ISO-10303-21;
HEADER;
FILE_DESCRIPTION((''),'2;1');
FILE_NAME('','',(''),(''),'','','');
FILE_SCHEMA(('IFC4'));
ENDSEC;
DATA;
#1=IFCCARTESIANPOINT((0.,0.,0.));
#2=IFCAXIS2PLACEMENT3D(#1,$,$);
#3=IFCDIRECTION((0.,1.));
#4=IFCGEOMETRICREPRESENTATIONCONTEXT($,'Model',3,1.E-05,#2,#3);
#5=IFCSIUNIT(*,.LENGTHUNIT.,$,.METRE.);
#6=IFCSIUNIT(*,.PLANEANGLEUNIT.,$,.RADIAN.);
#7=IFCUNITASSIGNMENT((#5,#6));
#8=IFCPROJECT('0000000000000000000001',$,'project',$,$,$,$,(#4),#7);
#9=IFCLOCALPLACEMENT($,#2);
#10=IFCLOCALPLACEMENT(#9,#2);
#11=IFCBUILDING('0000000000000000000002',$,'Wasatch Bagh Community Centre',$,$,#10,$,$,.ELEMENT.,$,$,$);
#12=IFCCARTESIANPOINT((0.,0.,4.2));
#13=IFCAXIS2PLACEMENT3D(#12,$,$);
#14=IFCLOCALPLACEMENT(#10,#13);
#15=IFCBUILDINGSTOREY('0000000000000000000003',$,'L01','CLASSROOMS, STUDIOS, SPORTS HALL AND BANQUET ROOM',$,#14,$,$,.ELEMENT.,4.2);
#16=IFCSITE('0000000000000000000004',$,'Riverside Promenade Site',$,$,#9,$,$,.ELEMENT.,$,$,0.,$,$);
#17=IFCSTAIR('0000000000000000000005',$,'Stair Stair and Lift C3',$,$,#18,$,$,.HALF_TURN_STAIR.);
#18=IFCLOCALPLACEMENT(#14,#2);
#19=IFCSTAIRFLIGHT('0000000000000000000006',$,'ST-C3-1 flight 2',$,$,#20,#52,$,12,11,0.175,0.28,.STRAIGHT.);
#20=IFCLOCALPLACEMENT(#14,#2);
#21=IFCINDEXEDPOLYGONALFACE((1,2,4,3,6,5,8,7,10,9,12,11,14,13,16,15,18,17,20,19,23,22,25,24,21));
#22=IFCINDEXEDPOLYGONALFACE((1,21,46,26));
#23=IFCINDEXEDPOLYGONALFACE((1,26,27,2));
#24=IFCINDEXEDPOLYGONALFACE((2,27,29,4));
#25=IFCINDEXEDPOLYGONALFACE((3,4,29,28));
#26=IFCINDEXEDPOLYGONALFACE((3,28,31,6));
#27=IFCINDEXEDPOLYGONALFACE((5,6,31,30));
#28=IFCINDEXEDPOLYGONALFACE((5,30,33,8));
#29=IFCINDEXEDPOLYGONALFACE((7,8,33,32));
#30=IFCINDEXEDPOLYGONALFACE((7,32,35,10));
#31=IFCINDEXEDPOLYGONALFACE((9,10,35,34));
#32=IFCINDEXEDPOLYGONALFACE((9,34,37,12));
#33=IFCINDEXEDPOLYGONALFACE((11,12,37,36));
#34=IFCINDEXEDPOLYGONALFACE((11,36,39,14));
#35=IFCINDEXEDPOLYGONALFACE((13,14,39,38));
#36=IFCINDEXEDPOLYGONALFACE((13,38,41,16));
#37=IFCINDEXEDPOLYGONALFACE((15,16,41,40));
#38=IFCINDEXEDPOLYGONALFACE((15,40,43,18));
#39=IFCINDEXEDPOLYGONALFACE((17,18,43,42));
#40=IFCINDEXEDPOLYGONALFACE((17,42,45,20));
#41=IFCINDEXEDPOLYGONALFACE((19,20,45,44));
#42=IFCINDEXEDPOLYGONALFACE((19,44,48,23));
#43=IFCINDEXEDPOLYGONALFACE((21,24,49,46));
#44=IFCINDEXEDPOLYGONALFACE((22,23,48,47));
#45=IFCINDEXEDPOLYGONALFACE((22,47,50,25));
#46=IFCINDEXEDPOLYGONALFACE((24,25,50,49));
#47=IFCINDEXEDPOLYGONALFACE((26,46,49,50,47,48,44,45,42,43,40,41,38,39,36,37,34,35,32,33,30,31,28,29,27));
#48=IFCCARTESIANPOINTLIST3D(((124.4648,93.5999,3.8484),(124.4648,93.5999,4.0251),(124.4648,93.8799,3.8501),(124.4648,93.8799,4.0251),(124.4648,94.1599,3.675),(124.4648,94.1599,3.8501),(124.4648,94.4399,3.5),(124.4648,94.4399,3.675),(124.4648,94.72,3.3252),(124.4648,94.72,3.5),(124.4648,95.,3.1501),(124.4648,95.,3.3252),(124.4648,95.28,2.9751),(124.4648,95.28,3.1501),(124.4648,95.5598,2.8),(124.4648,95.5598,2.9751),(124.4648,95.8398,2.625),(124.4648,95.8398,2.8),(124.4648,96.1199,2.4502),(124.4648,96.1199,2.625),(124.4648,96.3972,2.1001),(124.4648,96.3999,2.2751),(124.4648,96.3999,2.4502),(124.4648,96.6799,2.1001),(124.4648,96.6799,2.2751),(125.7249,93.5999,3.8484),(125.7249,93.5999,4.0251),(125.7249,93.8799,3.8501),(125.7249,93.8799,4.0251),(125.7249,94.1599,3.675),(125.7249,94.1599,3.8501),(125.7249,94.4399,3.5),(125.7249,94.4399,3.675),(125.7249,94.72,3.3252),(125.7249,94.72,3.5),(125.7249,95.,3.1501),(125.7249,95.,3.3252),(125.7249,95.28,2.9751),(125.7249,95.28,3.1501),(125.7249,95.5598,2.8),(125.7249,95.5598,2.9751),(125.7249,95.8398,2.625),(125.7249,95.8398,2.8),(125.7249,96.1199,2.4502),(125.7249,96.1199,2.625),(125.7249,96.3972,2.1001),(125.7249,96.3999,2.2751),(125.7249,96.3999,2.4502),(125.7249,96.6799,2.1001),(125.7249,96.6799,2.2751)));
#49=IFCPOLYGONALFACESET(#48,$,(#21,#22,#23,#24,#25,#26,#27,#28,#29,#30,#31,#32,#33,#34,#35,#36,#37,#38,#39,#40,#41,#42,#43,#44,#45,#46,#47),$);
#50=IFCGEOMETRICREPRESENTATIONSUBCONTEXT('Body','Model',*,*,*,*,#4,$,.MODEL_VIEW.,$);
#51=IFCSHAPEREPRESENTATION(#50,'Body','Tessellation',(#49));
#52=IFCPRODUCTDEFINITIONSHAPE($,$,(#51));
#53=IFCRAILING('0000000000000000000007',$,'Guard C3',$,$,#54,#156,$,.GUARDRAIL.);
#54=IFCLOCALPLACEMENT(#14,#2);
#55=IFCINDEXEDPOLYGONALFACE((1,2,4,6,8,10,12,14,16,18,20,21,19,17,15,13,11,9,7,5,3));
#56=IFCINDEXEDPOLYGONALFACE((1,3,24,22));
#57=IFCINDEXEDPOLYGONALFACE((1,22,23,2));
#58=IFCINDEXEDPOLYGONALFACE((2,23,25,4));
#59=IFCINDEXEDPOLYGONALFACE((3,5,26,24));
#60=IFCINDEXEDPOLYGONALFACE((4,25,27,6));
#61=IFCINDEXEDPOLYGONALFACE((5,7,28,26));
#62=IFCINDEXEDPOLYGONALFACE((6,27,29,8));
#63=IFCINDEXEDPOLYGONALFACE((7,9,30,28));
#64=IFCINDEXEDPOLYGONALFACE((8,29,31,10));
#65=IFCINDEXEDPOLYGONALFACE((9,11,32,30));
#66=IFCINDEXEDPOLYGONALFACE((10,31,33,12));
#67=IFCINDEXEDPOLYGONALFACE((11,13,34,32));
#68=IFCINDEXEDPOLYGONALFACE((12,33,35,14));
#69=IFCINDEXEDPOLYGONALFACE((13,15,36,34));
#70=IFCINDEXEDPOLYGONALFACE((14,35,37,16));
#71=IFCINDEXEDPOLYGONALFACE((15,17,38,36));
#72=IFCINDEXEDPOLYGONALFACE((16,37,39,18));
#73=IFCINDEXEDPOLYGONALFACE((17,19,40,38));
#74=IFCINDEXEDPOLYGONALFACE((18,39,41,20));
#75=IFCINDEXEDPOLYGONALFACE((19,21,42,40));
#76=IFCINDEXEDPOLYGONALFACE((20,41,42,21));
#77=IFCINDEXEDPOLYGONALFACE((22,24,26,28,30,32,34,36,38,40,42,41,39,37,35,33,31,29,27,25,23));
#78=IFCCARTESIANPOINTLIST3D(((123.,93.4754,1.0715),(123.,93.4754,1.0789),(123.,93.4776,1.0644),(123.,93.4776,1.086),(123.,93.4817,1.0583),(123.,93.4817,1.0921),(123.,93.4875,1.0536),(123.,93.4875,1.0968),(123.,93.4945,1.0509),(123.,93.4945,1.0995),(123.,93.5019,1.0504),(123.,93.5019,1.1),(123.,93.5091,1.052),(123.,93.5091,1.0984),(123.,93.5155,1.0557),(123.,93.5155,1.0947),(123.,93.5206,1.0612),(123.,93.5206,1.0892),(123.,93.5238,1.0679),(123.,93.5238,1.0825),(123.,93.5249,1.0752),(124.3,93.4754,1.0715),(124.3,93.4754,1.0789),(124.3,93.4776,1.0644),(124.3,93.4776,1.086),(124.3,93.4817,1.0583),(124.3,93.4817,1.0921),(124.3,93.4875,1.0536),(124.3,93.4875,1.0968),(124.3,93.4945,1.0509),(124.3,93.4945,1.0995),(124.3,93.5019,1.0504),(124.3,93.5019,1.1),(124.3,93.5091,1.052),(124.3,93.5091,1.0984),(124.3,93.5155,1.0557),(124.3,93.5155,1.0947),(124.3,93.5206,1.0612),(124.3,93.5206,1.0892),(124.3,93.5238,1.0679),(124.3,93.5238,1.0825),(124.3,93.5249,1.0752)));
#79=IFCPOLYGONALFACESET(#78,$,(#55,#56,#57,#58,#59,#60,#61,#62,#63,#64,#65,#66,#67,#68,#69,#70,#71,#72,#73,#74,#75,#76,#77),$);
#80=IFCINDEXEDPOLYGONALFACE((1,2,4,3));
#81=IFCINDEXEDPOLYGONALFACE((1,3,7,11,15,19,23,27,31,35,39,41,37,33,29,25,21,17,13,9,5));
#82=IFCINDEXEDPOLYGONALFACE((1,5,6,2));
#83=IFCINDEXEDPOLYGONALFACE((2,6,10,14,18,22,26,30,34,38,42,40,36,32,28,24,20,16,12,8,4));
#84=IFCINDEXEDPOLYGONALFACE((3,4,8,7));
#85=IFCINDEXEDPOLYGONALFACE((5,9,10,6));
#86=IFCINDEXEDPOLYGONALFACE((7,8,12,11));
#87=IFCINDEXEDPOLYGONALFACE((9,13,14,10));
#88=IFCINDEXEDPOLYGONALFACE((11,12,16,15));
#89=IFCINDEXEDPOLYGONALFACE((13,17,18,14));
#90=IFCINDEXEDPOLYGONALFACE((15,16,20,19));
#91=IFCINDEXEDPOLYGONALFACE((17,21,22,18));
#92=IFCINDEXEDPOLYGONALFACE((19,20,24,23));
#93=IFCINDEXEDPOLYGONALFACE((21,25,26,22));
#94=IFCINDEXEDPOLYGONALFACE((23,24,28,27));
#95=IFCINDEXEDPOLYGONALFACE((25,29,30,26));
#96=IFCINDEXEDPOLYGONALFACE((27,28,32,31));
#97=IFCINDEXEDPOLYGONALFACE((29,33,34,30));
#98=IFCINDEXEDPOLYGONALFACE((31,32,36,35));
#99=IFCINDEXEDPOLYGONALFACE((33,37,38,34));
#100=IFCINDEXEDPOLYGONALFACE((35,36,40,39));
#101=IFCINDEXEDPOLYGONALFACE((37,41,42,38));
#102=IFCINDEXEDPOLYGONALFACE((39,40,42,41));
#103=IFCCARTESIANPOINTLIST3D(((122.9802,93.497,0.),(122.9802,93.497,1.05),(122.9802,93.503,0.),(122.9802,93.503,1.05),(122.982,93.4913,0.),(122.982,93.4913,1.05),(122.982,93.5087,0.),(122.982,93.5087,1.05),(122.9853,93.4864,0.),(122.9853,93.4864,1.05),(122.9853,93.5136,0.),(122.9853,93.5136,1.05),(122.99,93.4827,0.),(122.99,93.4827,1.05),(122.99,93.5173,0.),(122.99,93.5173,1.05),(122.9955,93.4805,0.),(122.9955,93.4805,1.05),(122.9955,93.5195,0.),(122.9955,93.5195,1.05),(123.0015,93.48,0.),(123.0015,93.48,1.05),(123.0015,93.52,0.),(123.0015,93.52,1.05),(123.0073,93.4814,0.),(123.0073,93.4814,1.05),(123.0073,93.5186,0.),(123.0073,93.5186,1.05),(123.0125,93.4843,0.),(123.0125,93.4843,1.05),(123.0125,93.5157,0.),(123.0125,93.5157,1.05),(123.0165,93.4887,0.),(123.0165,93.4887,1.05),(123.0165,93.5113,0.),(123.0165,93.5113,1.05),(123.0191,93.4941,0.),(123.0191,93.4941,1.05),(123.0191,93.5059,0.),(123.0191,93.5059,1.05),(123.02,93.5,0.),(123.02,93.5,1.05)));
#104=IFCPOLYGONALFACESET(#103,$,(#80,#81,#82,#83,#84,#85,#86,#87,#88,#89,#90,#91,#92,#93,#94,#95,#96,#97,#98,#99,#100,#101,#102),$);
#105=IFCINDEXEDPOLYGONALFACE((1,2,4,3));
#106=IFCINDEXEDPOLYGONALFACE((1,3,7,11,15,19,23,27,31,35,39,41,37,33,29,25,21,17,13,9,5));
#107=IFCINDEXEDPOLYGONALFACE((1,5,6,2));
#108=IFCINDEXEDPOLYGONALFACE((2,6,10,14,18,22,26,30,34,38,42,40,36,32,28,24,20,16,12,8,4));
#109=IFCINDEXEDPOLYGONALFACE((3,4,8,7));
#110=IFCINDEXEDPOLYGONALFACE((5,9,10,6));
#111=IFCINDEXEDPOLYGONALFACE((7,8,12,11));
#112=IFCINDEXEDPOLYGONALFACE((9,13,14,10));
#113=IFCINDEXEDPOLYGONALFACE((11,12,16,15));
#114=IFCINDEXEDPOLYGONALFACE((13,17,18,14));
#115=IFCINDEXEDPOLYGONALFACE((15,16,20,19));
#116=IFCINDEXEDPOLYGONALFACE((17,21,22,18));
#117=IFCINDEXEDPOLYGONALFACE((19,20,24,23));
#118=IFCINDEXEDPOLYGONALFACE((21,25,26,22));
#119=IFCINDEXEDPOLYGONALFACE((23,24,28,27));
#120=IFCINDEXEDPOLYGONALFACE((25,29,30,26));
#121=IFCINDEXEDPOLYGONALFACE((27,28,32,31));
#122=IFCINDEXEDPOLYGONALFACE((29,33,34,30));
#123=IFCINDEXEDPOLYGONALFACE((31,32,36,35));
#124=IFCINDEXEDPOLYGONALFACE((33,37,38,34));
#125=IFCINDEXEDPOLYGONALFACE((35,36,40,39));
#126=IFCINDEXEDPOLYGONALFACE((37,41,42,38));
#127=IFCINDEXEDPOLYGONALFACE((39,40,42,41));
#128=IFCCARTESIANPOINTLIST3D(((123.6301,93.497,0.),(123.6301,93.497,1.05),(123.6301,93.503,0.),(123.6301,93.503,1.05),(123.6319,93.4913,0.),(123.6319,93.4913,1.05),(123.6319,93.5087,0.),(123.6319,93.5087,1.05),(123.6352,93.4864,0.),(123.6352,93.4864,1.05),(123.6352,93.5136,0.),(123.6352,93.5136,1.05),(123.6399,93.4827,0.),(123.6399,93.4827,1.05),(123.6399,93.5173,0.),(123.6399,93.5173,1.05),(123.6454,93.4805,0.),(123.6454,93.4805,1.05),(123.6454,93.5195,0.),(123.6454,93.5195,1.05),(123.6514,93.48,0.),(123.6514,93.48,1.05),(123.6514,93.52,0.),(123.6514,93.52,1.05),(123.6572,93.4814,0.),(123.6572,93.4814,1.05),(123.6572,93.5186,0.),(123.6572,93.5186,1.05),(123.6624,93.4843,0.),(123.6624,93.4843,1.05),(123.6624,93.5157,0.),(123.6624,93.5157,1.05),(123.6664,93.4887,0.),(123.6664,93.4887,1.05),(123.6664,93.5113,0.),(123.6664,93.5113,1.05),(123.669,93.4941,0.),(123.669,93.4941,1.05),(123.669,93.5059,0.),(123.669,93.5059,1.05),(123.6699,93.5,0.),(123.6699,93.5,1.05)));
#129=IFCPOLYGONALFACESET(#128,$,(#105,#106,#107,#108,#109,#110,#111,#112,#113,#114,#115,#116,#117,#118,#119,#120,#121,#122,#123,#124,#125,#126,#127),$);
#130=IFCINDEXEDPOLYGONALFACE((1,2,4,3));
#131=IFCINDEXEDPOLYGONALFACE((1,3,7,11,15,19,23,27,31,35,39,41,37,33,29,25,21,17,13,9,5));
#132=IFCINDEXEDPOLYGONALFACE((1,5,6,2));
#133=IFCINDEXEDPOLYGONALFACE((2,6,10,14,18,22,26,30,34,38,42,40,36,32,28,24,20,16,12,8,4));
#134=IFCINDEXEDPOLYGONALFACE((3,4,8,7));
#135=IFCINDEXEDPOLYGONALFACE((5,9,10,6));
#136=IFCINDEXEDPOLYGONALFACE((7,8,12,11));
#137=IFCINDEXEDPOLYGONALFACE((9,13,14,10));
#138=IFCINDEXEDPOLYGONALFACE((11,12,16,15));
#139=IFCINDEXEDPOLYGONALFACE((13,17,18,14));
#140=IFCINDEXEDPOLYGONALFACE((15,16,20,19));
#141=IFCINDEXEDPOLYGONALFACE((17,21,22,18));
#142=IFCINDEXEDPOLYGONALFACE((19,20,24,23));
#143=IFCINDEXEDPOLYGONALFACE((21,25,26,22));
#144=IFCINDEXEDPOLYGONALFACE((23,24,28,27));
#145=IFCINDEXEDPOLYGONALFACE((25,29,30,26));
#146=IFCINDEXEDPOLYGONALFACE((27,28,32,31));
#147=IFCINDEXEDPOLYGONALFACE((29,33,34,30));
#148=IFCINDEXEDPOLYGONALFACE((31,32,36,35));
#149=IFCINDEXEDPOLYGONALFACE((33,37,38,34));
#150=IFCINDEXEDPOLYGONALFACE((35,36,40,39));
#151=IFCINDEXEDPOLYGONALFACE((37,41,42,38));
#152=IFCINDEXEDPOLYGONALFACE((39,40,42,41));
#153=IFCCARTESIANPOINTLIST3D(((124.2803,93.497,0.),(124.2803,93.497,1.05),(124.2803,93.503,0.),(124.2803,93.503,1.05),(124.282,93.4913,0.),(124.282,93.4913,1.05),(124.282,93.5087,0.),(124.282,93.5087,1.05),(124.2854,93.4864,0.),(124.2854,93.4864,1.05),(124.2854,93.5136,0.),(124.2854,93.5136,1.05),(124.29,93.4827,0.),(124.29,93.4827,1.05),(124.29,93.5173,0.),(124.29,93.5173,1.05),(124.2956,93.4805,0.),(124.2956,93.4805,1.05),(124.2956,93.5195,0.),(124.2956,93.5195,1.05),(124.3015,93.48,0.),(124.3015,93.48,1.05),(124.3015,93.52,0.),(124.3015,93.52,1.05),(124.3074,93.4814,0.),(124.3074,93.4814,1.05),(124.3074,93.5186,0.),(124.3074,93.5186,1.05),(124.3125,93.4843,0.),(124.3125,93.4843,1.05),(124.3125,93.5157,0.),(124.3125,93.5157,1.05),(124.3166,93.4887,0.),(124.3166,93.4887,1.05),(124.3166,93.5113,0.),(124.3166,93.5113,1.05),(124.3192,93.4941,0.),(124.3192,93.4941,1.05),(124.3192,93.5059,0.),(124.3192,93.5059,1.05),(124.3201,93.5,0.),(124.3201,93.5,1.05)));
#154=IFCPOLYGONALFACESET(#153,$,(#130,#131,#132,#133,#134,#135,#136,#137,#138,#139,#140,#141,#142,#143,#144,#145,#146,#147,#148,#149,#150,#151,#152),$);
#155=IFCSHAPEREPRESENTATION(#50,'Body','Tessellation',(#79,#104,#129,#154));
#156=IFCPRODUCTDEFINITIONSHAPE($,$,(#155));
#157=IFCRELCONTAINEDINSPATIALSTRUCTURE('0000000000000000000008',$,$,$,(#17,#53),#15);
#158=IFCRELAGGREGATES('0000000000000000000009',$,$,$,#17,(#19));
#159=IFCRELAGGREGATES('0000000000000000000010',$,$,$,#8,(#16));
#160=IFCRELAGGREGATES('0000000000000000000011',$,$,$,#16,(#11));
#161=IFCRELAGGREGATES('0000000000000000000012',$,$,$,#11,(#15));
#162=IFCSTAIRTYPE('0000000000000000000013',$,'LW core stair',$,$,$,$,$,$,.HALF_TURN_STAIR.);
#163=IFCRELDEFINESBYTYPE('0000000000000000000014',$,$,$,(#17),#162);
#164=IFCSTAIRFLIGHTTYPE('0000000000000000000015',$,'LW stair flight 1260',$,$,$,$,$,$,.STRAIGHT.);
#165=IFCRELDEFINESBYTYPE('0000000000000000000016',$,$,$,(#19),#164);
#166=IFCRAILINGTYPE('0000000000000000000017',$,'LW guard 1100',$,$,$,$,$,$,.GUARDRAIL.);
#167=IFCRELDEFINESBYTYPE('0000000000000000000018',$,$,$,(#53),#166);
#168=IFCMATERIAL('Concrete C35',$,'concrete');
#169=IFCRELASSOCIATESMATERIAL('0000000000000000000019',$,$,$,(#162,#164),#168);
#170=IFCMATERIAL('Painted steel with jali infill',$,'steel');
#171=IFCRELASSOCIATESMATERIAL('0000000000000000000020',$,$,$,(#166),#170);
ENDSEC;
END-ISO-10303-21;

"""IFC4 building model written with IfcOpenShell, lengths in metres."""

from ifc_helpers import new_model, si_unit, direction, frame, origin, origin_2d, place, context, subcontext, project, spatial, polyline, circle, outline, extrude, material, type_object, element, aggregate, save


model = new_model("IFC4")

# Units and contexts
model_context = context("Model", 3, precision=1e-05, world=origin(), true_north=direction((0.0, 1.0)))
body_context = subcontext(model_context, "Body", "Model", "MODEL_VIEW")
ifc_project = project(units=[si_unit("LENGTHUNIT", "METRE"), si_unit("PLANEANGLEUNIT", "RADIAN")], contexts=[model_context])

# Site, building, storey
site_placement = place(None, origin())
site = spatial("IfcSite", under=ifc_project, at=site_placement, Name="Riverside Promenade Site", CompositionType="ELEMENT", RefElevation=0.0)
building_placement = place(site_placement, origin())
building = spatial("IfcBuilding", under=site, at=building_placement, Name="Wasatch Bagh Community Centre", CompositionType="ELEMENT")
storey_placement = place(building_placement, frame((0.0, 0.0, 4.2)))
storey = spatial("IfcBuildingStorey", under=building, at=storey_placement, Name="L01", Description="CLASSROOMS, STUDIOS, SPORTS HALL AND BANQUET ROOM", CompositionType="ELEMENT", Elevation=4.2)

# Shared definitions
ifc_material_1 = material(Name="Concrete C35", Category="concrete")

# Stair, stair flight
stair_type = type_object("IfcStairType", Name="LW core stair", PredefinedType="HALF_TURN_STAIR", material=ifc_material_1)
stair_placement = place(storey_placement, origin())
stair = element("IfcStair", 1, at=stair_placement, inside=storey, type_object=stair_type, Name="Stair Stair and Lift C3", PredefinedType="HALF_TURN_STAIR")
stair_flight_type = type_object("IfcStairFlightType", Name="LW stair flight 1260", PredefinedType="STRAIGHT", material=ifc_material_1)
stair_flight_1_placement = place(storey_placement, frame((125.095, 96.6799, 2.1001), z_axis=(0.0, 0.0, 1.0), x_axis=(0.0, -1.0, 0.0)))
stair_flight_1 = element("IfcStairFlight", 2, at=stair_flight_1_placement, type_object=stair_flight_type, Name="ST-C3-1 flight 2", NumberOfRisers=12, NumberOfTreads=11, PredefinedType="STRAIGHT", RiserHeight=0.175, TreadLength=0.28, context=body_context, shape_type="SweptSolid", body=[
    extrude(outline(polyline([(0.0, 0.0), (0.0, 0.175), (0.28, 0.175), (0.28, 0.3501), (0.5601, 0.3501), (0.5601, 0.5249), (0.8401, 0.5249), (0.8401, 0.7), (1.1201, 0.7), (1.1201, 0.875), (1.3999, 0.875), (1.3999, 1.05), (1.6799, 1.05), (1.6799, 1.2251), (1.96, 1.2251), (1.96, 1.3999), (2.24, 1.3999), (2.24, 1.575), (2.52, 1.575), (2.52, 1.75), (2.8, 1.75), (2.8, 1.925), (3.0801, 1.925), (3.0801, 2.1001), (3.0801, 1.7483), (0.2827, 0.0), (0.0, 0.0)])), frame((0.0, 0.6299, 0.0), z_axis=(0.0, -1.0, 0.0), x_axis=(1.0, 0.0, 0.0)), (0.0, 0.0, 1.0), 1.26),
])
aggregate(stair, [stair_flight_1])

# Railing
ifc_material_2 = material(Name="Painted steel with jali infill", Category="steel")
railing_type_1 = type_object("IfcRailingType", Name="LW guard 1100", PredefinedType="GUARDRAIL", material=ifc_material_2)
railing_1_placement = place(storey_placement, frame((123.0, 93.5, 0.0)))
element("IfcRailing", 3, at=railing_1_placement, inside=storey, type_object=railing_type_1, Name="Guard C3", PredefinedType="GUARDRAIL", context=body_context, shape_type="SweptSolid", body=[
    extrude(circle(Radius=0.0249, at=origin_2d()), frame((0.0, 0.0, 1.0752), z_axis=(1.0, 0.0, 0.0), x_axis=(0.0, 1.0, 0.0)), (0.0, 0.0, 1.0), 1.3),
    extrude(circle(Radius=0.02, at=origin_2d()), origin(), (0.0, 0.0, 1.0), 1.05),
    extrude(circle(Radius=0.02, at=origin_2d()), frame((0.6499, 0.0, 0.0)), (0.0, 0.0, 1.0), 1.05),
    extrude(circle(Radius=0.02, at=origin_2d()), frame((1.3, 0.0, 0.0)), (0.0, 0.0, 1.0), 1.05),
])

save(model, "model.ifc")
